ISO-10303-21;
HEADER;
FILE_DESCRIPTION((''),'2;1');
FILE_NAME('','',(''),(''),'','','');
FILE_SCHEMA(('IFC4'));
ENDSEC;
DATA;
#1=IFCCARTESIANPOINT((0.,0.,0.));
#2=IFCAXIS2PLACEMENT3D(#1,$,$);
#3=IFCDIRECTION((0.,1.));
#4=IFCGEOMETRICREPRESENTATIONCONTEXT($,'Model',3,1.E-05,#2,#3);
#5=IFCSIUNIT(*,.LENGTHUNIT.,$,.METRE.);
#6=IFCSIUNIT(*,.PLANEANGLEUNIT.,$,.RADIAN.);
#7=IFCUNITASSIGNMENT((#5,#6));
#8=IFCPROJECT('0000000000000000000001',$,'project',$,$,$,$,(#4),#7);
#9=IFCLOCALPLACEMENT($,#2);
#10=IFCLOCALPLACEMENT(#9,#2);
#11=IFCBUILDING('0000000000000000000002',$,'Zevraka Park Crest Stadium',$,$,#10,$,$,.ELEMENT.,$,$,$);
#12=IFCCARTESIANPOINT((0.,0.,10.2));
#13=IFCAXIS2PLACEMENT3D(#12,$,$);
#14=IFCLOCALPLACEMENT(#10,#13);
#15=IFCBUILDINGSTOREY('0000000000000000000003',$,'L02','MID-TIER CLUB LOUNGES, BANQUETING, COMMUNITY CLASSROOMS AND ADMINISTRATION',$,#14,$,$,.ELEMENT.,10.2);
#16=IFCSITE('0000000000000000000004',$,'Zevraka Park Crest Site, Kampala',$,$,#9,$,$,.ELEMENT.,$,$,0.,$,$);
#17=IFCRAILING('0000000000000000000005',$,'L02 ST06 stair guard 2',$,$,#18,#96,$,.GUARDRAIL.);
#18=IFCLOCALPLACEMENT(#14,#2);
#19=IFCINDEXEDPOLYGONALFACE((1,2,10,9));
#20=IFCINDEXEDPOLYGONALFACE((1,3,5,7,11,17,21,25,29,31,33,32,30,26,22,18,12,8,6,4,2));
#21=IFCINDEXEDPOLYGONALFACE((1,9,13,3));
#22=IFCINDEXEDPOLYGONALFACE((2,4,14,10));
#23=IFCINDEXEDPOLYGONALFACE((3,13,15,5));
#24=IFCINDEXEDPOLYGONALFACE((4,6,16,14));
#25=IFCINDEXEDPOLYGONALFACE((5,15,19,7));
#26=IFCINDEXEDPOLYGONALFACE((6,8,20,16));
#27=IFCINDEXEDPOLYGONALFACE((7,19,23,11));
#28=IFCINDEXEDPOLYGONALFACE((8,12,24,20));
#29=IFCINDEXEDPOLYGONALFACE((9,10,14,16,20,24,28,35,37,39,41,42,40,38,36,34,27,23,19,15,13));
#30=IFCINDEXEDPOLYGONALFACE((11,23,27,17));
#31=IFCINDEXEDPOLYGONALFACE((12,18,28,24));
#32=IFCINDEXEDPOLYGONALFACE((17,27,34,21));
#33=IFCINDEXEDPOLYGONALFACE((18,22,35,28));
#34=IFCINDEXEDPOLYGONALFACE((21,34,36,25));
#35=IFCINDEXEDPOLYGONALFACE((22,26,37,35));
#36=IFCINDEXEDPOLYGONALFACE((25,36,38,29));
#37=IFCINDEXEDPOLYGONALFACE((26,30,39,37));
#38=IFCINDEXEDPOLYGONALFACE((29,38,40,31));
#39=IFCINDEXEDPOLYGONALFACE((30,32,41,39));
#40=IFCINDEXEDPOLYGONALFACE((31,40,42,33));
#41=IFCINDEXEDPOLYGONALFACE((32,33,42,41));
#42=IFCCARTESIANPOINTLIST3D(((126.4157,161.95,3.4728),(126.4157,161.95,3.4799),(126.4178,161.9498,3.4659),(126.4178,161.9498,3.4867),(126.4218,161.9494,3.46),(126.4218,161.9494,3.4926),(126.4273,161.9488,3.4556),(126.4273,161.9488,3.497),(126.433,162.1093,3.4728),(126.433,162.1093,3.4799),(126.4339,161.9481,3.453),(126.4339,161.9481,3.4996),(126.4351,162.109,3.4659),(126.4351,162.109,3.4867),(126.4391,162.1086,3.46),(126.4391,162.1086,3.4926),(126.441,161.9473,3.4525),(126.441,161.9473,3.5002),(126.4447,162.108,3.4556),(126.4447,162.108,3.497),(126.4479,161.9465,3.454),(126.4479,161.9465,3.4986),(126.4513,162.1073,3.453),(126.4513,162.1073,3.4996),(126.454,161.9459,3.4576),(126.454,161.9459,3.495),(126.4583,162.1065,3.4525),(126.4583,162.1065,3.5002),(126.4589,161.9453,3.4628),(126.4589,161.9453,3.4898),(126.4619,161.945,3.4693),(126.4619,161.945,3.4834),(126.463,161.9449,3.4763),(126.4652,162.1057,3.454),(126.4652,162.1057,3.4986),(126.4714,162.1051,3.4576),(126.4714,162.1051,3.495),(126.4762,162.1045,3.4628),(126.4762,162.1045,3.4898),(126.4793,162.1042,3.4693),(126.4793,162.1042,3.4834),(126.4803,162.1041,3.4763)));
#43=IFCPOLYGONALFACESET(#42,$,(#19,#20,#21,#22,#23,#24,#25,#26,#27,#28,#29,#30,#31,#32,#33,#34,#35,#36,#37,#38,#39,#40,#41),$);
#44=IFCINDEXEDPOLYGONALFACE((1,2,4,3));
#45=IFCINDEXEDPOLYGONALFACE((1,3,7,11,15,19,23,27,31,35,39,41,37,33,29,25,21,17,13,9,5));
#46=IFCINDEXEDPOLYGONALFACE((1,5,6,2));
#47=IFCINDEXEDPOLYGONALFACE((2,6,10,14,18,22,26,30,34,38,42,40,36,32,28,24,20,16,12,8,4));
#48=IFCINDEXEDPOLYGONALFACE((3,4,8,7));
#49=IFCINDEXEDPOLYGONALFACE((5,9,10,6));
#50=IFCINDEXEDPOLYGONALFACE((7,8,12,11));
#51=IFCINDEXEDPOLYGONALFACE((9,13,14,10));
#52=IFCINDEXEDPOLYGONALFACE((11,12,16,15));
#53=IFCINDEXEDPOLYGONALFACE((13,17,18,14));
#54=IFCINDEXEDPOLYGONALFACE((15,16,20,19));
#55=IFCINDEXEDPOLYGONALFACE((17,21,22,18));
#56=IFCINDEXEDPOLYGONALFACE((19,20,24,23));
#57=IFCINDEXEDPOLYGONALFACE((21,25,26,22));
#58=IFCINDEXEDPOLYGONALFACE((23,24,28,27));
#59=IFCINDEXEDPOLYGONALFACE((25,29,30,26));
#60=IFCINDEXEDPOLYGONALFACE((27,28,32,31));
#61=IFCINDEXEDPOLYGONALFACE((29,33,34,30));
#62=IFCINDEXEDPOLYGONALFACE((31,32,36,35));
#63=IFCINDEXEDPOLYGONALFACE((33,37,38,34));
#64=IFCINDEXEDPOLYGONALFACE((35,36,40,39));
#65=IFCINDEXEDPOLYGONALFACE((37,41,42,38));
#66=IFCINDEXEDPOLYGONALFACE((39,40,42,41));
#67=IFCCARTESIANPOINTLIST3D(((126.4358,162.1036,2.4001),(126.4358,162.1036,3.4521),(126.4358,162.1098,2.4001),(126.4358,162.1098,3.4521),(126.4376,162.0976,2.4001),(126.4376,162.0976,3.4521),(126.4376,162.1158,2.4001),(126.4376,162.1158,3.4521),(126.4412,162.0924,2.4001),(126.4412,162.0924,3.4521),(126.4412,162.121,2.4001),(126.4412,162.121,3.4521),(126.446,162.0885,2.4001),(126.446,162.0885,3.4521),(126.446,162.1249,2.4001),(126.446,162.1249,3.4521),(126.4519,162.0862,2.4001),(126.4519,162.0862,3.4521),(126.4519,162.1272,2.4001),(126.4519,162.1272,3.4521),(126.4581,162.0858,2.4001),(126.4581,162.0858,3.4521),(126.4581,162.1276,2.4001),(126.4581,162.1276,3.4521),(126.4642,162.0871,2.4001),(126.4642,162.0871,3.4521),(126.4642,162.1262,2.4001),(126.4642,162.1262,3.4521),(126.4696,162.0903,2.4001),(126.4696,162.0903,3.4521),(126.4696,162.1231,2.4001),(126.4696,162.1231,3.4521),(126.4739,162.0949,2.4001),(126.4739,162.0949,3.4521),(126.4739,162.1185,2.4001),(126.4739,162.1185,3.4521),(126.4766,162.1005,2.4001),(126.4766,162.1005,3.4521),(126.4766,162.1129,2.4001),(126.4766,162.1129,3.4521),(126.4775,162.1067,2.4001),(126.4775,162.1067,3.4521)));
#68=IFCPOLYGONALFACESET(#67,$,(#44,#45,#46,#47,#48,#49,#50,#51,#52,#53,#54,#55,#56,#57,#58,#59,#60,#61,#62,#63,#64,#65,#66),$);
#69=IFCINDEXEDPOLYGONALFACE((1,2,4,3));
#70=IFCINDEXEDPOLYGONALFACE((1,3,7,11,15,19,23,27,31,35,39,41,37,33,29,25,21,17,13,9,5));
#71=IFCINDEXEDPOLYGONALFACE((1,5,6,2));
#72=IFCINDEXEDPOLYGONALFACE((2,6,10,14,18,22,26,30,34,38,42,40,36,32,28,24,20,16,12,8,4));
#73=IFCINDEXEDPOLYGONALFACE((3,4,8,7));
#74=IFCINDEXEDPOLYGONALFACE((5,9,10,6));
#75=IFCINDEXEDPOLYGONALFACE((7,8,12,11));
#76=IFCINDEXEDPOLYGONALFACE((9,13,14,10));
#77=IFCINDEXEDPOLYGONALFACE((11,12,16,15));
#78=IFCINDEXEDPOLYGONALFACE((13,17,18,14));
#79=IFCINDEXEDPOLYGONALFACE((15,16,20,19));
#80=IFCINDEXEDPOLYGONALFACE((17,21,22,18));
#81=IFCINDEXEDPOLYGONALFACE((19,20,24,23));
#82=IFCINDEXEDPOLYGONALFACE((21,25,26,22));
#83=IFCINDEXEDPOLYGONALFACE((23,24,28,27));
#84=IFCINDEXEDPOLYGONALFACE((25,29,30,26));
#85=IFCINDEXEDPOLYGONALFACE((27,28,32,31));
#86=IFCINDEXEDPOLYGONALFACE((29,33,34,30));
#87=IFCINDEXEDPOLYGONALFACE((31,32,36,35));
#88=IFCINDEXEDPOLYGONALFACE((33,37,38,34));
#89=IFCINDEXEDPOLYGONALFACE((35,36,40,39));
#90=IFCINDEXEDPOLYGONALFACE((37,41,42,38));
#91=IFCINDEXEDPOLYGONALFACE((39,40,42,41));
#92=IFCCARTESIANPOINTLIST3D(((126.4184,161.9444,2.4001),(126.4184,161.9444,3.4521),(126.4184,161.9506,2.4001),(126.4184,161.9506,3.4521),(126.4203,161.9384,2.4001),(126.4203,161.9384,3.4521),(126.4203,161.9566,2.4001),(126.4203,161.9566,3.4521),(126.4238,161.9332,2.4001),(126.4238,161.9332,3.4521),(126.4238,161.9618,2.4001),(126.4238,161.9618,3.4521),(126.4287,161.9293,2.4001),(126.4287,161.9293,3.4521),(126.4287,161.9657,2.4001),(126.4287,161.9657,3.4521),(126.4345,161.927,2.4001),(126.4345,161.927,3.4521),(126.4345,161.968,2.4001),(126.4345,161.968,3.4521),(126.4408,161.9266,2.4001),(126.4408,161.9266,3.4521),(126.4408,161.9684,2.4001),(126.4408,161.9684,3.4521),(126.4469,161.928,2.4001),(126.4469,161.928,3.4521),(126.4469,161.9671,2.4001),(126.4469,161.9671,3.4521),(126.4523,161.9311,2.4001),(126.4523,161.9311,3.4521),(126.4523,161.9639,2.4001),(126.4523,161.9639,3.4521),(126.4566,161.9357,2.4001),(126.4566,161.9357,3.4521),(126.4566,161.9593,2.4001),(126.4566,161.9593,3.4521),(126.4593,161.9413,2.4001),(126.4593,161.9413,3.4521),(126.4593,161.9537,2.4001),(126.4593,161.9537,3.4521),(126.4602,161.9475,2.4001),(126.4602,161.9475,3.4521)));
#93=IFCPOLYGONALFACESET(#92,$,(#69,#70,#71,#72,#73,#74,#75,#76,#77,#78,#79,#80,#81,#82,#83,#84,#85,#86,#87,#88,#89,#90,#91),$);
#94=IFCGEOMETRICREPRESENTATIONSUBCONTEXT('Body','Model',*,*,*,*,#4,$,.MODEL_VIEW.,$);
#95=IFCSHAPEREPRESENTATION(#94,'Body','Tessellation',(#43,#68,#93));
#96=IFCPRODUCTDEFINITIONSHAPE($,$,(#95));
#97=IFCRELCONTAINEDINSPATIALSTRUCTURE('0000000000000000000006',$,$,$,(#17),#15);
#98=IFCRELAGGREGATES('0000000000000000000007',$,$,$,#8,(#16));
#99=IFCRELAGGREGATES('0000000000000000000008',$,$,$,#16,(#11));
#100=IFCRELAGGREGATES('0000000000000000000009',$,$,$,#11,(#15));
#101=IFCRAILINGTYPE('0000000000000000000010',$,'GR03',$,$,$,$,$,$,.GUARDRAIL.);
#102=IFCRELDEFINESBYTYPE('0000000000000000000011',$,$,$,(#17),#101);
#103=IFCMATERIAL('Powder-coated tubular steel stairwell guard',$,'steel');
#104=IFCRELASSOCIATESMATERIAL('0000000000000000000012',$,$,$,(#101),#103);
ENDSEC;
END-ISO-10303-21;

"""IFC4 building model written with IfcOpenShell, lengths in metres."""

from ifc_helpers import new_model, si_unit, direction, frame, origin, origin_2d, place, context, subcontext, project, spatial, circle, extrude, material, type_object, element, save


model = new_model("IFC4")

# Units and contexts
model_context = context("Model", 3, precision=1e-05, world=origin(), true_north=direction((0.0, 1.0)))
body_context = subcontext(model_context, "Body", "Model", "MODEL_VIEW")
ifc_project = project(units=[si_unit("LENGTHUNIT", "METRE"), si_unit("PLANEANGLEUNIT", "RADIAN")], contexts=[model_context])

# Site, building, storey
site_placement = place(None, origin())
site = spatial("IfcSite", under=ifc_project, at=site_placement, Name="Zevraka Park Crest Site, Kampala", CompositionType="ELEMENT", RefElevation=0.0)
building_placement = place(site_placement, origin())
building = spatial("IfcBuilding", under=site, at=building_placement, Name="Zevraka Park Crest Stadium", CompositionType="ELEMENT")
storey_placement = place(building_placement, frame((0.0, 0.0, 10.2)))
storey = spatial("IfcBuildingStorey", under=building, at=storey_placement, Name="L02", Description="MID-TIER CLUB LOUNGES, BANQUETING, COMMUNITY CLASSROOMS AND ADMINISTRATION", CompositionType="ELEMENT", Elevation=10.2)

# Railing
ifc_material_1 = material(Name="Powder-coated tubular steel stairwell guard", Category="steel")
railing_type_1 = type_object("IfcRailingType", Name="GR03", PredefinedType="GUARDRAIL", material=ifc_material_1)
railing_1_placement = place(storey_placement, frame((126.4565, 162.1067, 2.4001)))
element("IfcRailing", 1, at=railing_1_placement, inside=storey, type_object=railing_type_1, Name="L02 ST06 stair guard 2", PredefinedType="GUARDRAIL", context=body_context, shape_type="SweptSolid", body=[
    extrude(circle(Radius=0.0239, at=origin_2d()), frame((0.0, 0.0, 1.0762), z_axis=(-0.108256, -0.994123, 0.0), x_axis=(0.994123, -0.108256, 0.0)), (0.0, 0.0, 1.0), 0.1602),
    extrude(circle(Radius=0.021, at=origin_2d()), origin(), (0.0, 0.0, 1.0), 1.052),
    extrude(circle(Radius=0.021, at=origin_2d()), frame((-0.0173, -0.1592, 0.0)), (0.0, 0.0, 1.0), 1.052),
])

save(model, "model.ifc")
